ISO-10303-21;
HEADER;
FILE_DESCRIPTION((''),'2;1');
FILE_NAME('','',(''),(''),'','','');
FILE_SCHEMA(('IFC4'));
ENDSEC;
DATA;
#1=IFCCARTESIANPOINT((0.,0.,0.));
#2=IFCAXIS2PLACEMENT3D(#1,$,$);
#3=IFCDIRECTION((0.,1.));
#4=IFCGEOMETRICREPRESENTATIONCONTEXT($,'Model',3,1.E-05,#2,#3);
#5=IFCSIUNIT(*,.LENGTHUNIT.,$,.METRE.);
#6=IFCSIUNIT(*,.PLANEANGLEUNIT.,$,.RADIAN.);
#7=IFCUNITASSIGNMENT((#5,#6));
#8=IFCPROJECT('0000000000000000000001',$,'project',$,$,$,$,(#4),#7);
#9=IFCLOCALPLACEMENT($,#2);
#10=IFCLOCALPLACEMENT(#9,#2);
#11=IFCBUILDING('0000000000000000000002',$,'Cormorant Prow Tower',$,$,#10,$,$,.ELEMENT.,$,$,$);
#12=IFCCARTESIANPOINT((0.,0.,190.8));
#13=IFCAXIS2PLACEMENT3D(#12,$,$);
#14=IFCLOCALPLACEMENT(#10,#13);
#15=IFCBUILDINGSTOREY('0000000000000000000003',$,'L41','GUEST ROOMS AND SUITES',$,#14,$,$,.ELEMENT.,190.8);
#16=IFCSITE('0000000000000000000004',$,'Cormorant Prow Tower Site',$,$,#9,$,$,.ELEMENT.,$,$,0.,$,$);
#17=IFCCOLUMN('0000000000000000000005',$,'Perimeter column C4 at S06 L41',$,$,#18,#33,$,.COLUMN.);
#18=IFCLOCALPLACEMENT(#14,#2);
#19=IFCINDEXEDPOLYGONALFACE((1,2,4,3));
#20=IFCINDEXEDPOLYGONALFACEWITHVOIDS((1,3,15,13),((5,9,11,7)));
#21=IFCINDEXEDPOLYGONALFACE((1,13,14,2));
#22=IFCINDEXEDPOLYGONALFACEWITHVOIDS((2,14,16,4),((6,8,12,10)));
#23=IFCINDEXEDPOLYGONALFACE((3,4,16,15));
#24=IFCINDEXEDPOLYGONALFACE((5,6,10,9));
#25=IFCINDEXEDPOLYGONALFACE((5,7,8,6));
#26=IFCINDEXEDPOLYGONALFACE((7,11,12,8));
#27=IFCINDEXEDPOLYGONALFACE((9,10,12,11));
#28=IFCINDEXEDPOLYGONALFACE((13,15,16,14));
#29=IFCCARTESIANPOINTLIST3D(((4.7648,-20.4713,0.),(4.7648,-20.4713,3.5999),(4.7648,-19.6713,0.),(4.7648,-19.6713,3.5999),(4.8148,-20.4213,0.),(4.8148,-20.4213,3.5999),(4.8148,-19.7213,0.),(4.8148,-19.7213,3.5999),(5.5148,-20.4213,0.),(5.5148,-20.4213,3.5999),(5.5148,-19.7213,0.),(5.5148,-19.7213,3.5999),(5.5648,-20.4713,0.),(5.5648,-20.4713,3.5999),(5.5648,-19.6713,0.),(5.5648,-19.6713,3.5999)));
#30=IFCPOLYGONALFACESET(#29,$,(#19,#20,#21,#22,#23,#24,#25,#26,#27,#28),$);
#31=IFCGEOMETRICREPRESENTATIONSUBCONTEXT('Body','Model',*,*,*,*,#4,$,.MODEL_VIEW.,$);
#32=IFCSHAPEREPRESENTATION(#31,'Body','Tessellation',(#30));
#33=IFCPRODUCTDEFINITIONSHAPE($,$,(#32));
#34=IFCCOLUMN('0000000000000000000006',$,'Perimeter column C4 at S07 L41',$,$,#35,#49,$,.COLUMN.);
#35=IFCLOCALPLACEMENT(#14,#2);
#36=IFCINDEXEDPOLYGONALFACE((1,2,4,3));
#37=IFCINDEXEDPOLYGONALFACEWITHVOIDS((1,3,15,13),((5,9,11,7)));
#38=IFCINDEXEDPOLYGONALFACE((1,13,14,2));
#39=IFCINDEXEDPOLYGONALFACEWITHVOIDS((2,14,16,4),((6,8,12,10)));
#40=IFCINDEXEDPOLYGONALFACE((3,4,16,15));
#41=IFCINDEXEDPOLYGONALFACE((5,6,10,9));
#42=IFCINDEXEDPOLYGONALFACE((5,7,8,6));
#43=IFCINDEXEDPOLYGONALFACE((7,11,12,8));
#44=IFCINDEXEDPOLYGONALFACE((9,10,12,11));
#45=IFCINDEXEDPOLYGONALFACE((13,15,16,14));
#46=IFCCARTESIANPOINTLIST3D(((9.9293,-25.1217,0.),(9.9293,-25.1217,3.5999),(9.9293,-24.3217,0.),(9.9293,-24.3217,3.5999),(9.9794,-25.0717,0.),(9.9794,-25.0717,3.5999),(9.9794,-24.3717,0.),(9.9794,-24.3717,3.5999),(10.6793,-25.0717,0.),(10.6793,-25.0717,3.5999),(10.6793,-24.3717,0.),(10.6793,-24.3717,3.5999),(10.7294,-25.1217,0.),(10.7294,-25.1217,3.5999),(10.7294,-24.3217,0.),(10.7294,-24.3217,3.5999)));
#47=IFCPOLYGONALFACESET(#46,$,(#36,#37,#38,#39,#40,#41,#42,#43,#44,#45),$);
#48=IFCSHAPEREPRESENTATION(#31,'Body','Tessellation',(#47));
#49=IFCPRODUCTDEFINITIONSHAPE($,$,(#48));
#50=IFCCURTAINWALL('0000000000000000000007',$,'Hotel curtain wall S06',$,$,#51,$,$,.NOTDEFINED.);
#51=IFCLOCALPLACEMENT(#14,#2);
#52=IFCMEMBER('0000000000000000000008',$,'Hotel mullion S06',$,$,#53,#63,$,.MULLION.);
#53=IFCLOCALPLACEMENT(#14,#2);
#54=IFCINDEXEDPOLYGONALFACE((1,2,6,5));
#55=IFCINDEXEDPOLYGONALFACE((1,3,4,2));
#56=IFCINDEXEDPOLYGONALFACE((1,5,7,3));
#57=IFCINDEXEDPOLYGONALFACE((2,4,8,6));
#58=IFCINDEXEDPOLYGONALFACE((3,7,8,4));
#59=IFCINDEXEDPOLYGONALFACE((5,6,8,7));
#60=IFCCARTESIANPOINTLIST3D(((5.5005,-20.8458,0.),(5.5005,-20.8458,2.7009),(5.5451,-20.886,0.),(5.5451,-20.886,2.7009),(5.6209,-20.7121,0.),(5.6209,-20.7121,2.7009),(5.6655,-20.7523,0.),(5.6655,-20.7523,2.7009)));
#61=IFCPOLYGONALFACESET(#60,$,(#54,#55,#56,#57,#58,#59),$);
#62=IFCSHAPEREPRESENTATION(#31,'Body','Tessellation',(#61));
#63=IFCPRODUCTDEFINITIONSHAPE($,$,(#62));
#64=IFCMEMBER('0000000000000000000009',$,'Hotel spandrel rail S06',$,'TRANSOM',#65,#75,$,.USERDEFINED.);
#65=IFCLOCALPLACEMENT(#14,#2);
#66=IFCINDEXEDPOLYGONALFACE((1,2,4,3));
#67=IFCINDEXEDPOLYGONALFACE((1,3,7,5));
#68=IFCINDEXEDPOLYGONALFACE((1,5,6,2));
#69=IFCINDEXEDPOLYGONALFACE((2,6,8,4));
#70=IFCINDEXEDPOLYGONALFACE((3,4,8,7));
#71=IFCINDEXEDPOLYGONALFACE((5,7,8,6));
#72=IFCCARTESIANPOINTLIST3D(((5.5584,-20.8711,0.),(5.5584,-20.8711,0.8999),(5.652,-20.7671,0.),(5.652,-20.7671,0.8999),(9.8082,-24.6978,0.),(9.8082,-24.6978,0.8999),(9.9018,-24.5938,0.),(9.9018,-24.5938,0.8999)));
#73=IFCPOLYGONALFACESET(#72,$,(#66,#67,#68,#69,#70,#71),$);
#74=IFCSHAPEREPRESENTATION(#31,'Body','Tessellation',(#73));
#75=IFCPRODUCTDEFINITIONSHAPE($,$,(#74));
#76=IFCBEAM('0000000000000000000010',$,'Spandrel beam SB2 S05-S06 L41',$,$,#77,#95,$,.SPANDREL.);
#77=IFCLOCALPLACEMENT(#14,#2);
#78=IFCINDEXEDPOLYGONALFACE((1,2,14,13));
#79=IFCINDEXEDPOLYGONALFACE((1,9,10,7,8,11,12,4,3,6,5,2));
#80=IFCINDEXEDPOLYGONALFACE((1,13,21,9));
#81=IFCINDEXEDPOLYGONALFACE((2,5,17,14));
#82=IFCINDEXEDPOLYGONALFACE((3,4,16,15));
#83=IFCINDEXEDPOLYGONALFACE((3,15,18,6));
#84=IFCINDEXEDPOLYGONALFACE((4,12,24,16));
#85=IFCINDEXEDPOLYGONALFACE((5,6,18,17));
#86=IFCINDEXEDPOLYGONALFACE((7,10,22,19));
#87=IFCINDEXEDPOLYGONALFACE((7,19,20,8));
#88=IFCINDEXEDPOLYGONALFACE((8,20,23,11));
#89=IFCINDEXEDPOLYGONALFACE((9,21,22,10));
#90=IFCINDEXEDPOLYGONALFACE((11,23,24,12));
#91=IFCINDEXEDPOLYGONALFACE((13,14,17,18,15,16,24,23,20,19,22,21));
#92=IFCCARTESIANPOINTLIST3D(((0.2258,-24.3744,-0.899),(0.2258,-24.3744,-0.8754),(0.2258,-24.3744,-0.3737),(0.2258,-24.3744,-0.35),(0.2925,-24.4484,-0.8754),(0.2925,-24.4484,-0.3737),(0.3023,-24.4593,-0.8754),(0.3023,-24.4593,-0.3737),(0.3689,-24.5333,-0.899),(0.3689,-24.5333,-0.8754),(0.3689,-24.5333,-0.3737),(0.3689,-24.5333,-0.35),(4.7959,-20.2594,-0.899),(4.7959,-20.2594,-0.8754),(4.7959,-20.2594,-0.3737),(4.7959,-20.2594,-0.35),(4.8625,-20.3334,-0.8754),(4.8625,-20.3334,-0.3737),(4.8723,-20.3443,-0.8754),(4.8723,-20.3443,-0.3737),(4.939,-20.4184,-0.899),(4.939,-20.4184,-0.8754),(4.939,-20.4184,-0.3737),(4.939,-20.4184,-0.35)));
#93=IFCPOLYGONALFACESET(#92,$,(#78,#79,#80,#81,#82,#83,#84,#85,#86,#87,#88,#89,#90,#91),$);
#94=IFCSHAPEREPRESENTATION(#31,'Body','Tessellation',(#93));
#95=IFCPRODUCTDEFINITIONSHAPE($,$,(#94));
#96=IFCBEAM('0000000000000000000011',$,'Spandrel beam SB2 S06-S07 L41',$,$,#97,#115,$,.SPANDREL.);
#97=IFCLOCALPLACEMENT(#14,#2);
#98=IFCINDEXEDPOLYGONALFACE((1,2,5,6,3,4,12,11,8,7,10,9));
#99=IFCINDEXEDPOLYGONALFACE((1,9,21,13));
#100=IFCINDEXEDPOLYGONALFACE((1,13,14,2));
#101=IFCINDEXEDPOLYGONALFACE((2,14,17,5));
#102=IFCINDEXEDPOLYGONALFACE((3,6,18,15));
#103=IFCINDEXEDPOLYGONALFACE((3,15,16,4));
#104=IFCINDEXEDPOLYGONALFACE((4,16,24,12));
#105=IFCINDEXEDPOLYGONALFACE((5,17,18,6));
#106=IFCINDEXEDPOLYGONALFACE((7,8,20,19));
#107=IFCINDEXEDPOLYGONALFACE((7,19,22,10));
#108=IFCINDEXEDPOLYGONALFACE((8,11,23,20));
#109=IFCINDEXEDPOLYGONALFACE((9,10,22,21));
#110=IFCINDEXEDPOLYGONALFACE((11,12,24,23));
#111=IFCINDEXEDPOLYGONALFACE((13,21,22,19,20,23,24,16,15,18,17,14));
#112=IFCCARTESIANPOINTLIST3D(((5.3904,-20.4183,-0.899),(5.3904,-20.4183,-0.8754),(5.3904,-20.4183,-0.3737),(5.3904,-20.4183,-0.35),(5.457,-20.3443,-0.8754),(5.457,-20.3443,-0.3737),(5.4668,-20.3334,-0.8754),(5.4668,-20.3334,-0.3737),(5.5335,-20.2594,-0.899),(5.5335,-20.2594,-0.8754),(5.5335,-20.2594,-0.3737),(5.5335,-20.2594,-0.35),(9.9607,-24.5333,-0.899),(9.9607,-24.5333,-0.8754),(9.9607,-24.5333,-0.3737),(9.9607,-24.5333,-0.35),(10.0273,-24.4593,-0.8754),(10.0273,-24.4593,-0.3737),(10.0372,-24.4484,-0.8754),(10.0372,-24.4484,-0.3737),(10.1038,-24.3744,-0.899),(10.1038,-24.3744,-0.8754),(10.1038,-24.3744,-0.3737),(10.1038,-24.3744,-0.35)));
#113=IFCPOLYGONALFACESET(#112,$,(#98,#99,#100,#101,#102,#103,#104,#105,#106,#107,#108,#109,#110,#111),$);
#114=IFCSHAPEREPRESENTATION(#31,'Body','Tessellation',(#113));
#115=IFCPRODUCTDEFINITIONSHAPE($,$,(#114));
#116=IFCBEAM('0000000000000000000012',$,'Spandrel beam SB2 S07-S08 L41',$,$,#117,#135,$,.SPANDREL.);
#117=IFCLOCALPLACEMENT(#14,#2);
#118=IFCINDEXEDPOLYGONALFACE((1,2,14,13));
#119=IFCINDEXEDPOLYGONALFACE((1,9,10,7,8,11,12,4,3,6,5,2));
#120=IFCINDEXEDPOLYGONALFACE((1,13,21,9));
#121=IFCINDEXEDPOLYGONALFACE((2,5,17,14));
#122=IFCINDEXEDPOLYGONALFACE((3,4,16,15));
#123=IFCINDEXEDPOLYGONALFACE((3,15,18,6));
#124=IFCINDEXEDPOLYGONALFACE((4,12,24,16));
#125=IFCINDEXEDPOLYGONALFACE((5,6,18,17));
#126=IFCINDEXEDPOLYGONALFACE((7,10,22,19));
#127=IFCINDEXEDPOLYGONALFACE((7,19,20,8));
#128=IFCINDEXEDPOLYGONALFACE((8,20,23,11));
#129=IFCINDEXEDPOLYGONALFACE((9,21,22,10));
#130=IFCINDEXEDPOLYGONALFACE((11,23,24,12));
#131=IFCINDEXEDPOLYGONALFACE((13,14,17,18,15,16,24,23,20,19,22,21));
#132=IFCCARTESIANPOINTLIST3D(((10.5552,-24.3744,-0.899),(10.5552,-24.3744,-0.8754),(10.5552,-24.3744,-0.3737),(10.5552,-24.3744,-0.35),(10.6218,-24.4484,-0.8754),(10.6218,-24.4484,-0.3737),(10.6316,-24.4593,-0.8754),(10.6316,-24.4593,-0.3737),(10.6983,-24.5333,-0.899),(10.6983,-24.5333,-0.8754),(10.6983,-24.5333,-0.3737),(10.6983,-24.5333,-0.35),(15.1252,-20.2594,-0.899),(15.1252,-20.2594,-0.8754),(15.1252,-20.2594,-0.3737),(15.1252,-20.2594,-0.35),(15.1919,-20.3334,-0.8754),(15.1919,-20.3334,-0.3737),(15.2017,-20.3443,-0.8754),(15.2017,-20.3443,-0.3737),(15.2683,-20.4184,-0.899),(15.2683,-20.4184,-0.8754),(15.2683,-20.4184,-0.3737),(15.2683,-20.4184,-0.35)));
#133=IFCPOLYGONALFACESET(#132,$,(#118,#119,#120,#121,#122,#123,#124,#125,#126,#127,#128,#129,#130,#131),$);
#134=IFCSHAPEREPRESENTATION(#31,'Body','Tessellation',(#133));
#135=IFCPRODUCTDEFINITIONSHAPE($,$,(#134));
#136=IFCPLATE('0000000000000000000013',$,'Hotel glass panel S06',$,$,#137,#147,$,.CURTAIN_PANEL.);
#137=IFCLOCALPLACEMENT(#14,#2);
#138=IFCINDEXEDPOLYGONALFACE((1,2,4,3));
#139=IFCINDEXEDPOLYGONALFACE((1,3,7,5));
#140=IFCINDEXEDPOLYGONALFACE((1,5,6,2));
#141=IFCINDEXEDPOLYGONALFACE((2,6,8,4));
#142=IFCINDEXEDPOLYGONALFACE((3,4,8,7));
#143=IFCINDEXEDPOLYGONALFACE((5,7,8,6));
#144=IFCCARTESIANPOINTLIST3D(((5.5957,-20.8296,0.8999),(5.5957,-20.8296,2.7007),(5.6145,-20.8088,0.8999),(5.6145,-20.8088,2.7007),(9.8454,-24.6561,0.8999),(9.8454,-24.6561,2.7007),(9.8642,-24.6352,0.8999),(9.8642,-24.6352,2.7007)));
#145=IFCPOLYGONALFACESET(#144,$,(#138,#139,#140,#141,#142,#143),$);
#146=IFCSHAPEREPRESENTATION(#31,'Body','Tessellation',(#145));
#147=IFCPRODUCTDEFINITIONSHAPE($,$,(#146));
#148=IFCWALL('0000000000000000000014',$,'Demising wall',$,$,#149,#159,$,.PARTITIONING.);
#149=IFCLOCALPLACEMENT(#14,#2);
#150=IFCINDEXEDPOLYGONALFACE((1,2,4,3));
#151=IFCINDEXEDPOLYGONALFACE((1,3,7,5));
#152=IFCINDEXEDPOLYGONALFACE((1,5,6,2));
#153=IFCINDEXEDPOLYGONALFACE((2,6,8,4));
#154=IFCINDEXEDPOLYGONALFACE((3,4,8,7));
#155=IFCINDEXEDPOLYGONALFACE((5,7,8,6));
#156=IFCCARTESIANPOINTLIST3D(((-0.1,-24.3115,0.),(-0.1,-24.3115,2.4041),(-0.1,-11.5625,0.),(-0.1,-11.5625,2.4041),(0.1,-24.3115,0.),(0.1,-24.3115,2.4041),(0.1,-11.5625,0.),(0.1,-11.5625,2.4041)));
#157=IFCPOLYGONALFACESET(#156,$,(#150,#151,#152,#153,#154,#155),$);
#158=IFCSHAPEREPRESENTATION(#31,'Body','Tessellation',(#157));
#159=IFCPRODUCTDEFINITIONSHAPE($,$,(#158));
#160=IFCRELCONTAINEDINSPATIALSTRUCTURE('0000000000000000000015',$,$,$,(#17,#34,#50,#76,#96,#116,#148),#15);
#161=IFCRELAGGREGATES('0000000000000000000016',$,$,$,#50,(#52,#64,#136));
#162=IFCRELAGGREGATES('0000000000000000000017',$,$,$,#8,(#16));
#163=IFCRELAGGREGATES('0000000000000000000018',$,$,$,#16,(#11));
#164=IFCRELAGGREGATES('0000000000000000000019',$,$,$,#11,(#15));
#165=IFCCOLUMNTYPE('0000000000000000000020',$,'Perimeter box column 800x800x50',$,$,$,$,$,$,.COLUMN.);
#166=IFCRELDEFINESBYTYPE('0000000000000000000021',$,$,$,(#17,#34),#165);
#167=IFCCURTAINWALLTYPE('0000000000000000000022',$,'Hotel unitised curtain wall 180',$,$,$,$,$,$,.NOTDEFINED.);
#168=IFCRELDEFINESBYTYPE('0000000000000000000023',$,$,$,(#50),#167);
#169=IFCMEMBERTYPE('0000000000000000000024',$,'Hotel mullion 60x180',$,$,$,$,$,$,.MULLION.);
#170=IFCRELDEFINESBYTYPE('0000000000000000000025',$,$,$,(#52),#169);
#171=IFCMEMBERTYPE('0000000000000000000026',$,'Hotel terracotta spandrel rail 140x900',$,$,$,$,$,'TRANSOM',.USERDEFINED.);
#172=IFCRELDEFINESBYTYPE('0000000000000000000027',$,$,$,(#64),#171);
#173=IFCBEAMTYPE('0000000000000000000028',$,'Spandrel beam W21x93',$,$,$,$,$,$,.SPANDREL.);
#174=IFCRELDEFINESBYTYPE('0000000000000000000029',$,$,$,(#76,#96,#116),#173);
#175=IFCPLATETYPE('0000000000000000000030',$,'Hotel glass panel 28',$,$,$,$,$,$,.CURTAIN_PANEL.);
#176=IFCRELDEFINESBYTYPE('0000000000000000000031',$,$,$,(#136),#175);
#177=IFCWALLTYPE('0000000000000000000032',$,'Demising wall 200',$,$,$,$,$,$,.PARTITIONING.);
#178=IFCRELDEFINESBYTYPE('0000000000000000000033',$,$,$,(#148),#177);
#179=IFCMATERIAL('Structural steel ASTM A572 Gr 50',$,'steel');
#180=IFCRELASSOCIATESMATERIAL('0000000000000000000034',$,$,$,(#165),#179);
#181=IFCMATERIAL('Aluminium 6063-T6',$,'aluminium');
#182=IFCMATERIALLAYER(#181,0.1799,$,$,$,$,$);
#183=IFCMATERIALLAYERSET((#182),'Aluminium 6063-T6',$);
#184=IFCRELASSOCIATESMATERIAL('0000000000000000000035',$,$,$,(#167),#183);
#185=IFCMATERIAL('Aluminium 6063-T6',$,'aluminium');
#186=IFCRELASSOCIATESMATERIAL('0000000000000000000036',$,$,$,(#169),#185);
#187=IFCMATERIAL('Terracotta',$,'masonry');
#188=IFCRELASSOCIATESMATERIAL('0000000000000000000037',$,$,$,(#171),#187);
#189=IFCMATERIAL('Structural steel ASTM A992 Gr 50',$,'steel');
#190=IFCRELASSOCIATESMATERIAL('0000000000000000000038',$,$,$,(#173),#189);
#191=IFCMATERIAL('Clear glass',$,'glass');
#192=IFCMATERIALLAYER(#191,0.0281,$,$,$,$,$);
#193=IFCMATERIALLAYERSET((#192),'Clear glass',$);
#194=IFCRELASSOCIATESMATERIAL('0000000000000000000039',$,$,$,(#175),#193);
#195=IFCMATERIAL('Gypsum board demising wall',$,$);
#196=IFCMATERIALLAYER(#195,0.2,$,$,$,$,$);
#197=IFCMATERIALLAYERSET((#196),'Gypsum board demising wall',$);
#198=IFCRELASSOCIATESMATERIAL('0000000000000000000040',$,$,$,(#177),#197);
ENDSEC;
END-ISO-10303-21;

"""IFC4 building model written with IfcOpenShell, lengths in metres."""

from ifc_helpers import new_model, si_unit, direction, frame, frame_2d, origin, origin_2d, place, context, subcontext, project, spatial, rectangle, hollow_rectangle, i_section, extrude, material, layer, layer_set, material_profile, profile_set, type_object, element, aggregate, save


model = new_model("IFC4")

# Units and contexts
model_context = context("Model", 3, precision=1e-05, world=origin(), true_north=direction((0.0, 1.0)))
body_context = subcontext(model_context, "Body", "Model", "MODEL_VIEW")
ifc_project = project(units=[si_unit("LENGTHUNIT", "METRE"), si_unit("PLANEANGLEUNIT", "RADIAN")], contexts=[model_context])

# Site, building, storey
site_placement = place(None, origin())
site = spatial("IfcSite", under=ifc_project, at=site_placement, Name="Cormorant Prow Tower Site", CompositionType="ELEMENT", RefElevation=0.0)
building_placement = place(site_placement, origin())
building = spatial("IfcBuilding", under=site, at=building_placement, Name="Cormorant Prow Tower", CompositionType="ELEMENT")
storey_placement = place(building_placement, frame((0.0, 0.0, 190.8)))
storey = spatial("IfcBuildingStorey", under=building, at=storey_placement, Name="L41", Description="GUEST ROOMS AND SUITES", CompositionType="ELEMENT", Elevation=190.8)

# Columns
ifc_material_1 = material(Name="Structural steel ASTM A572 Gr 50", Category="steel")
ifc_material_profile_1 = material_profile(ifc_material_1, hollow_rectangle(XDim=0.8, YDim=0.8, WallThickness=0.05, at=origin_2d()), Name="Box 800x800x50")
ifc_profile_set_1 = profile_set([ifc_material_profile_1], Name="Structural steel ASTM A572 Gr 50")
column_type = type_object("IfcColumnType", Name="Perimeter box column 800x800x50", PredefinedType="COLUMN", material=ifc_profile_set_1)
for number, where, z_axis, x_axis, name in (
    (1, (5.1648, -20.0713, 0.0), (0.0, 0.0, 1.0), (1.0, 0.0, 0.0), "Perimeter column C4 at S06 L41"),
    (2, (10.3293, -24.7217, 0.0), (0.0, 0.0, 1.0), (1.0, 0.0, 0.0), "Perimeter column C4 at S07 L41"),
):
    element("IfcColumn", number, at=place(storey_placement, frame(where, z_axis=z_axis, x_axis=x_axis)), inside=storey, type_object=column_type, Name=name, PredefinedType="COLUMN", context=body_context, shape_type="SweptSolid", body=[
        extrude(hollow_rectangle(XDim=0.8, YDim=0.8, WallThickness=0.05, at=origin_2d()), origin(), (0.0, 0.0, 1.0), 3.5999),
    ])

# Curtain wall, members
ifc_material_2 = material(Name="Aluminium 6063-T6", Category="aluminium")
ifc_layer_1 = layer(ifc_material_2, 0.1799)
ifc_layer_set_1 = layer_set([ifc_layer_1], Name="Aluminium 6063-T6")
curtain_wall_type = type_object("IfcCurtainWallType", Name="Hotel unitised curtain wall 180", PredefinedType="NOTDEFINED", material=ifc_layer_set_1)
curtain_wall_placement = place(storey_placement, origin())
curtain_wall = element("IfcCurtainWall", 3, at=curtain_wall_placement, inside=storey, type_object=curtain_wall_type, Name="Hotel curtain wall S06", PredefinedType="NOTDEFINED")
ifc_material_3 = material(Name="Aluminium 6063-T6", Category="aluminium")
ifc_material_profile_2 = material_profile(ifc_material_3, rectangle(XDim=0.1799, YDim=0.0601, at=origin_2d()), Name="Hotel mullion 60x180")
ifc_profile_set_2 = profile_set([ifc_material_profile_2], Name="Aluminium 6063-T6")
member_type_1 = type_object("IfcMemberType", Name="Hotel mullion 60x180", PredefinedType="MULLION", material=ifc_profile_set_2)
member_1_placement = place(storey_placement, frame((5.583, -20.7991, 0.0), z_axis=(0.0, 0.0, 1.0), x_axis=(0.669131, 0.743145, 0.0)))
member_1 = element("IfcMember", 4, at=member_1_placement, type_object=member_type_1, Name="Hotel mullion S06", PredefinedType="MULLION", context=body_context, shape_type="SweptSolid", body=[
    extrude(rectangle(XDim=0.1799, YDim=0.0601, at=origin_2d()), origin(), (0.0, 0.0, 1.0), 2.7009),
])
ifc_material_4 = material(Name="Terracotta", Category="masonry")
ifc_material_profile_3 = material_profile(ifc_material_4, rectangle(XDim=0.1399, YDim=0.8999, at=origin_2d()), Name="Hotel terracotta spandrel rail 140x900")
ifc_profile_set_3 = profile_set([ifc_material_profile_3], Name="Terracotta")
member_type_2 = type_object("IfcMemberType", Name="Hotel terracotta spandrel rail 140x900", ElementType="TRANSOM", PredefinedType="USERDEFINED", material=ifc_profile_set_3)
member_2_placement = place(storey_placement, frame((5.6052, -20.8191, 0.45), z_axis=(0.743131, -0.669146, 0.0), x_axis=(0.669146, 0.743131, 0.0)))
member_2 = element("IfcMember", 5, at=member_2_placement, type_object=member_type_2, Name="Hotel spandrel rail S06", ObjectType="TRANSOM", PredefinedType="USERDEFINED", context=body_context, shape_type="SweptSolid", body=[
    extrude(rectangle(XDim=0.1399, YDim=0.8999, at=origin_2d()), origin(), (0.0, 0.0, 1.0), 5.7188),
])

# Beams
ifc_material_5 = material(Name="Structural steel ASTM A992 Gr 50", Category="steel")
ifc_material_profile_4 = material_profile(ifc_material_5, i_section(OverallWidth=0.2139, OverallDepth=0.5491, WebThickness=0.0146, FlangeThickness=0.0237, at=origin_2d()), Name="W21x93")
ifc_profile_set_4 = profile_set([ifc_material_profile_4], Name="Structural steel ASTM A992 Gr 50")
beam_type = type_object("IfcBeamType", Name="Spandrel beam W21x93", PredefinedType="SPANDREL", material=ifc_profile_set_4)
beam_1_placement = place(storey_placement, frame((0.2974, -24.4539, -0.6245), z_axis=(0.743138, 0.669138, 0.0), x_axis=(-0.669138, 0.743138, 0.0)))
element("IfcBeam", 6, at=beam_1_placement, inside=storey, type_object=beam_type, Name="Spandrel beam SB2 S05-S06 L41", PredefinedType="SPANDREL", context=body_context, shape_type="SweptSolid", body=[
    extrude(i_section(OverallWidth=0.2139, OverallDepth=0.5491, WebThickness=0.0146, FlangeThickness=0.0237, at=origin_2d()), origin(), (0.0, 0.0, 1.0), 6.1497),
])
beam_2_placement = place(storey_placement, frame((5.4619, -20.3389, -0.6245), z_axis=(0.743156, -0.669118, 0.0), x_axis=(0.669118, 0.743156, 0.0)))
element("IfcBeam", 7, at=beam_2_placement, inside=storey, type_object=beam_type, Name="Spandrel beam SB2 S06-S07 L41", PredefinedType="SPANDREL", context=body_context, shape_type="SweptSolid", body=[
    extrude(i_section(OverallWidth=0.2139, OverallDepth=0.5491, WebThickness=0.0146, FlangeThickness=0.0237, at=origin_2d()), origin(), (0.0, 0.0, 1.0), 6.1499),
])
beam_3_placement = place(storey_placement, frame((10.6267, -24.4539, -0.6245), z_axis=(0.743138, 0.669138, 0.0), x_axis=(-0.669138, 0.743138, 0.0)))
element("IfcBeam", 8, at=beam_3_placement, inside=storey, type_object=beam_type, Name="Spandrel beam SB2 S07-S08 L41", PredefinedType="SPANDREL", context=body_context, shape_type="SweptSolid", body=[
    extrude(i_section(OverallWidth=0.2139, OverallDepth=0.5491, WebThickness=0.0146, FlangeThickness=0.0237, at=origin_2d()), origin(), (0.0, 0.0, 1.0), 6.1497),
])

# Plate
ifc_material_6 = material(Name="Clear glass", Category="glass")
ifc_layer_2 = layer(ifc_material_6, 0.0281)
ifc_layer_set_2 = layer_set([ifc_layer_2], Name="Clear glass")
plate_type = type_object("IfcPlateType", Name="Hotel glass panel 28", PredefinedType="CURTAIN_PANEL", material=ifc_layer_set_2)
plate_placement = place(storey_placement, frame((7.73, -22.7324, 0.8999), z_axis=(0.0, 0.0, 1.0), x_axis=(0.743145, -0.669131, 0.0)))
plate = element("IfcPlate", 9, at=plate_placement, type_object=plate_type, Name="Hotel glass panel S06", PredefinedType="CURTAIN_PANEL", context=body_context, shape_type="SweptSolid", body=[
    extrude(rectangle(XDim=5.7185, YDim=0.0281, at=origin_2d()), origin(), (0.0, 0.0, 1.0), 1.8008),
])
aggregate(curtain_wall, [member_1, member_2, plate])

# Wall
ifc_material_7 = material(Name="Gypsum board demising wall")
ifc_layer_3 = layer(ifc_material_7, 0.2)
ifc_layer_set_3 = layer_set([ifc_layer_3], Name="Gypsum board demising wall")
wall_type_1 = type_object("IfcWallType", Name="Demising wall 200", PredefinedType="PARTITIONING", material=ifc_layer_set_3)
wall_1_placement = place(storey_placement, frame((0.0, -24.3115, 0.0), z_axis=(0.0, 0.0, 1.0), x_axis=(0.0, 1.0, 0.0)))
element("IfcWall", 10, at=wall_1_placement, inside=storey, type_object=wall_type_1, Name="Demising wall", PredefinedType="PARTITIONING", context=body_context, shape_type="SweptSolid", body=[
    extrude(rectangle(XDim=12.749, YDim=0.2, at=frame_2d((6.3745, 0.0))), origin(), (0.0, 0.0, 1.0), 2.4041),
])

save(model, "model.ifc")
